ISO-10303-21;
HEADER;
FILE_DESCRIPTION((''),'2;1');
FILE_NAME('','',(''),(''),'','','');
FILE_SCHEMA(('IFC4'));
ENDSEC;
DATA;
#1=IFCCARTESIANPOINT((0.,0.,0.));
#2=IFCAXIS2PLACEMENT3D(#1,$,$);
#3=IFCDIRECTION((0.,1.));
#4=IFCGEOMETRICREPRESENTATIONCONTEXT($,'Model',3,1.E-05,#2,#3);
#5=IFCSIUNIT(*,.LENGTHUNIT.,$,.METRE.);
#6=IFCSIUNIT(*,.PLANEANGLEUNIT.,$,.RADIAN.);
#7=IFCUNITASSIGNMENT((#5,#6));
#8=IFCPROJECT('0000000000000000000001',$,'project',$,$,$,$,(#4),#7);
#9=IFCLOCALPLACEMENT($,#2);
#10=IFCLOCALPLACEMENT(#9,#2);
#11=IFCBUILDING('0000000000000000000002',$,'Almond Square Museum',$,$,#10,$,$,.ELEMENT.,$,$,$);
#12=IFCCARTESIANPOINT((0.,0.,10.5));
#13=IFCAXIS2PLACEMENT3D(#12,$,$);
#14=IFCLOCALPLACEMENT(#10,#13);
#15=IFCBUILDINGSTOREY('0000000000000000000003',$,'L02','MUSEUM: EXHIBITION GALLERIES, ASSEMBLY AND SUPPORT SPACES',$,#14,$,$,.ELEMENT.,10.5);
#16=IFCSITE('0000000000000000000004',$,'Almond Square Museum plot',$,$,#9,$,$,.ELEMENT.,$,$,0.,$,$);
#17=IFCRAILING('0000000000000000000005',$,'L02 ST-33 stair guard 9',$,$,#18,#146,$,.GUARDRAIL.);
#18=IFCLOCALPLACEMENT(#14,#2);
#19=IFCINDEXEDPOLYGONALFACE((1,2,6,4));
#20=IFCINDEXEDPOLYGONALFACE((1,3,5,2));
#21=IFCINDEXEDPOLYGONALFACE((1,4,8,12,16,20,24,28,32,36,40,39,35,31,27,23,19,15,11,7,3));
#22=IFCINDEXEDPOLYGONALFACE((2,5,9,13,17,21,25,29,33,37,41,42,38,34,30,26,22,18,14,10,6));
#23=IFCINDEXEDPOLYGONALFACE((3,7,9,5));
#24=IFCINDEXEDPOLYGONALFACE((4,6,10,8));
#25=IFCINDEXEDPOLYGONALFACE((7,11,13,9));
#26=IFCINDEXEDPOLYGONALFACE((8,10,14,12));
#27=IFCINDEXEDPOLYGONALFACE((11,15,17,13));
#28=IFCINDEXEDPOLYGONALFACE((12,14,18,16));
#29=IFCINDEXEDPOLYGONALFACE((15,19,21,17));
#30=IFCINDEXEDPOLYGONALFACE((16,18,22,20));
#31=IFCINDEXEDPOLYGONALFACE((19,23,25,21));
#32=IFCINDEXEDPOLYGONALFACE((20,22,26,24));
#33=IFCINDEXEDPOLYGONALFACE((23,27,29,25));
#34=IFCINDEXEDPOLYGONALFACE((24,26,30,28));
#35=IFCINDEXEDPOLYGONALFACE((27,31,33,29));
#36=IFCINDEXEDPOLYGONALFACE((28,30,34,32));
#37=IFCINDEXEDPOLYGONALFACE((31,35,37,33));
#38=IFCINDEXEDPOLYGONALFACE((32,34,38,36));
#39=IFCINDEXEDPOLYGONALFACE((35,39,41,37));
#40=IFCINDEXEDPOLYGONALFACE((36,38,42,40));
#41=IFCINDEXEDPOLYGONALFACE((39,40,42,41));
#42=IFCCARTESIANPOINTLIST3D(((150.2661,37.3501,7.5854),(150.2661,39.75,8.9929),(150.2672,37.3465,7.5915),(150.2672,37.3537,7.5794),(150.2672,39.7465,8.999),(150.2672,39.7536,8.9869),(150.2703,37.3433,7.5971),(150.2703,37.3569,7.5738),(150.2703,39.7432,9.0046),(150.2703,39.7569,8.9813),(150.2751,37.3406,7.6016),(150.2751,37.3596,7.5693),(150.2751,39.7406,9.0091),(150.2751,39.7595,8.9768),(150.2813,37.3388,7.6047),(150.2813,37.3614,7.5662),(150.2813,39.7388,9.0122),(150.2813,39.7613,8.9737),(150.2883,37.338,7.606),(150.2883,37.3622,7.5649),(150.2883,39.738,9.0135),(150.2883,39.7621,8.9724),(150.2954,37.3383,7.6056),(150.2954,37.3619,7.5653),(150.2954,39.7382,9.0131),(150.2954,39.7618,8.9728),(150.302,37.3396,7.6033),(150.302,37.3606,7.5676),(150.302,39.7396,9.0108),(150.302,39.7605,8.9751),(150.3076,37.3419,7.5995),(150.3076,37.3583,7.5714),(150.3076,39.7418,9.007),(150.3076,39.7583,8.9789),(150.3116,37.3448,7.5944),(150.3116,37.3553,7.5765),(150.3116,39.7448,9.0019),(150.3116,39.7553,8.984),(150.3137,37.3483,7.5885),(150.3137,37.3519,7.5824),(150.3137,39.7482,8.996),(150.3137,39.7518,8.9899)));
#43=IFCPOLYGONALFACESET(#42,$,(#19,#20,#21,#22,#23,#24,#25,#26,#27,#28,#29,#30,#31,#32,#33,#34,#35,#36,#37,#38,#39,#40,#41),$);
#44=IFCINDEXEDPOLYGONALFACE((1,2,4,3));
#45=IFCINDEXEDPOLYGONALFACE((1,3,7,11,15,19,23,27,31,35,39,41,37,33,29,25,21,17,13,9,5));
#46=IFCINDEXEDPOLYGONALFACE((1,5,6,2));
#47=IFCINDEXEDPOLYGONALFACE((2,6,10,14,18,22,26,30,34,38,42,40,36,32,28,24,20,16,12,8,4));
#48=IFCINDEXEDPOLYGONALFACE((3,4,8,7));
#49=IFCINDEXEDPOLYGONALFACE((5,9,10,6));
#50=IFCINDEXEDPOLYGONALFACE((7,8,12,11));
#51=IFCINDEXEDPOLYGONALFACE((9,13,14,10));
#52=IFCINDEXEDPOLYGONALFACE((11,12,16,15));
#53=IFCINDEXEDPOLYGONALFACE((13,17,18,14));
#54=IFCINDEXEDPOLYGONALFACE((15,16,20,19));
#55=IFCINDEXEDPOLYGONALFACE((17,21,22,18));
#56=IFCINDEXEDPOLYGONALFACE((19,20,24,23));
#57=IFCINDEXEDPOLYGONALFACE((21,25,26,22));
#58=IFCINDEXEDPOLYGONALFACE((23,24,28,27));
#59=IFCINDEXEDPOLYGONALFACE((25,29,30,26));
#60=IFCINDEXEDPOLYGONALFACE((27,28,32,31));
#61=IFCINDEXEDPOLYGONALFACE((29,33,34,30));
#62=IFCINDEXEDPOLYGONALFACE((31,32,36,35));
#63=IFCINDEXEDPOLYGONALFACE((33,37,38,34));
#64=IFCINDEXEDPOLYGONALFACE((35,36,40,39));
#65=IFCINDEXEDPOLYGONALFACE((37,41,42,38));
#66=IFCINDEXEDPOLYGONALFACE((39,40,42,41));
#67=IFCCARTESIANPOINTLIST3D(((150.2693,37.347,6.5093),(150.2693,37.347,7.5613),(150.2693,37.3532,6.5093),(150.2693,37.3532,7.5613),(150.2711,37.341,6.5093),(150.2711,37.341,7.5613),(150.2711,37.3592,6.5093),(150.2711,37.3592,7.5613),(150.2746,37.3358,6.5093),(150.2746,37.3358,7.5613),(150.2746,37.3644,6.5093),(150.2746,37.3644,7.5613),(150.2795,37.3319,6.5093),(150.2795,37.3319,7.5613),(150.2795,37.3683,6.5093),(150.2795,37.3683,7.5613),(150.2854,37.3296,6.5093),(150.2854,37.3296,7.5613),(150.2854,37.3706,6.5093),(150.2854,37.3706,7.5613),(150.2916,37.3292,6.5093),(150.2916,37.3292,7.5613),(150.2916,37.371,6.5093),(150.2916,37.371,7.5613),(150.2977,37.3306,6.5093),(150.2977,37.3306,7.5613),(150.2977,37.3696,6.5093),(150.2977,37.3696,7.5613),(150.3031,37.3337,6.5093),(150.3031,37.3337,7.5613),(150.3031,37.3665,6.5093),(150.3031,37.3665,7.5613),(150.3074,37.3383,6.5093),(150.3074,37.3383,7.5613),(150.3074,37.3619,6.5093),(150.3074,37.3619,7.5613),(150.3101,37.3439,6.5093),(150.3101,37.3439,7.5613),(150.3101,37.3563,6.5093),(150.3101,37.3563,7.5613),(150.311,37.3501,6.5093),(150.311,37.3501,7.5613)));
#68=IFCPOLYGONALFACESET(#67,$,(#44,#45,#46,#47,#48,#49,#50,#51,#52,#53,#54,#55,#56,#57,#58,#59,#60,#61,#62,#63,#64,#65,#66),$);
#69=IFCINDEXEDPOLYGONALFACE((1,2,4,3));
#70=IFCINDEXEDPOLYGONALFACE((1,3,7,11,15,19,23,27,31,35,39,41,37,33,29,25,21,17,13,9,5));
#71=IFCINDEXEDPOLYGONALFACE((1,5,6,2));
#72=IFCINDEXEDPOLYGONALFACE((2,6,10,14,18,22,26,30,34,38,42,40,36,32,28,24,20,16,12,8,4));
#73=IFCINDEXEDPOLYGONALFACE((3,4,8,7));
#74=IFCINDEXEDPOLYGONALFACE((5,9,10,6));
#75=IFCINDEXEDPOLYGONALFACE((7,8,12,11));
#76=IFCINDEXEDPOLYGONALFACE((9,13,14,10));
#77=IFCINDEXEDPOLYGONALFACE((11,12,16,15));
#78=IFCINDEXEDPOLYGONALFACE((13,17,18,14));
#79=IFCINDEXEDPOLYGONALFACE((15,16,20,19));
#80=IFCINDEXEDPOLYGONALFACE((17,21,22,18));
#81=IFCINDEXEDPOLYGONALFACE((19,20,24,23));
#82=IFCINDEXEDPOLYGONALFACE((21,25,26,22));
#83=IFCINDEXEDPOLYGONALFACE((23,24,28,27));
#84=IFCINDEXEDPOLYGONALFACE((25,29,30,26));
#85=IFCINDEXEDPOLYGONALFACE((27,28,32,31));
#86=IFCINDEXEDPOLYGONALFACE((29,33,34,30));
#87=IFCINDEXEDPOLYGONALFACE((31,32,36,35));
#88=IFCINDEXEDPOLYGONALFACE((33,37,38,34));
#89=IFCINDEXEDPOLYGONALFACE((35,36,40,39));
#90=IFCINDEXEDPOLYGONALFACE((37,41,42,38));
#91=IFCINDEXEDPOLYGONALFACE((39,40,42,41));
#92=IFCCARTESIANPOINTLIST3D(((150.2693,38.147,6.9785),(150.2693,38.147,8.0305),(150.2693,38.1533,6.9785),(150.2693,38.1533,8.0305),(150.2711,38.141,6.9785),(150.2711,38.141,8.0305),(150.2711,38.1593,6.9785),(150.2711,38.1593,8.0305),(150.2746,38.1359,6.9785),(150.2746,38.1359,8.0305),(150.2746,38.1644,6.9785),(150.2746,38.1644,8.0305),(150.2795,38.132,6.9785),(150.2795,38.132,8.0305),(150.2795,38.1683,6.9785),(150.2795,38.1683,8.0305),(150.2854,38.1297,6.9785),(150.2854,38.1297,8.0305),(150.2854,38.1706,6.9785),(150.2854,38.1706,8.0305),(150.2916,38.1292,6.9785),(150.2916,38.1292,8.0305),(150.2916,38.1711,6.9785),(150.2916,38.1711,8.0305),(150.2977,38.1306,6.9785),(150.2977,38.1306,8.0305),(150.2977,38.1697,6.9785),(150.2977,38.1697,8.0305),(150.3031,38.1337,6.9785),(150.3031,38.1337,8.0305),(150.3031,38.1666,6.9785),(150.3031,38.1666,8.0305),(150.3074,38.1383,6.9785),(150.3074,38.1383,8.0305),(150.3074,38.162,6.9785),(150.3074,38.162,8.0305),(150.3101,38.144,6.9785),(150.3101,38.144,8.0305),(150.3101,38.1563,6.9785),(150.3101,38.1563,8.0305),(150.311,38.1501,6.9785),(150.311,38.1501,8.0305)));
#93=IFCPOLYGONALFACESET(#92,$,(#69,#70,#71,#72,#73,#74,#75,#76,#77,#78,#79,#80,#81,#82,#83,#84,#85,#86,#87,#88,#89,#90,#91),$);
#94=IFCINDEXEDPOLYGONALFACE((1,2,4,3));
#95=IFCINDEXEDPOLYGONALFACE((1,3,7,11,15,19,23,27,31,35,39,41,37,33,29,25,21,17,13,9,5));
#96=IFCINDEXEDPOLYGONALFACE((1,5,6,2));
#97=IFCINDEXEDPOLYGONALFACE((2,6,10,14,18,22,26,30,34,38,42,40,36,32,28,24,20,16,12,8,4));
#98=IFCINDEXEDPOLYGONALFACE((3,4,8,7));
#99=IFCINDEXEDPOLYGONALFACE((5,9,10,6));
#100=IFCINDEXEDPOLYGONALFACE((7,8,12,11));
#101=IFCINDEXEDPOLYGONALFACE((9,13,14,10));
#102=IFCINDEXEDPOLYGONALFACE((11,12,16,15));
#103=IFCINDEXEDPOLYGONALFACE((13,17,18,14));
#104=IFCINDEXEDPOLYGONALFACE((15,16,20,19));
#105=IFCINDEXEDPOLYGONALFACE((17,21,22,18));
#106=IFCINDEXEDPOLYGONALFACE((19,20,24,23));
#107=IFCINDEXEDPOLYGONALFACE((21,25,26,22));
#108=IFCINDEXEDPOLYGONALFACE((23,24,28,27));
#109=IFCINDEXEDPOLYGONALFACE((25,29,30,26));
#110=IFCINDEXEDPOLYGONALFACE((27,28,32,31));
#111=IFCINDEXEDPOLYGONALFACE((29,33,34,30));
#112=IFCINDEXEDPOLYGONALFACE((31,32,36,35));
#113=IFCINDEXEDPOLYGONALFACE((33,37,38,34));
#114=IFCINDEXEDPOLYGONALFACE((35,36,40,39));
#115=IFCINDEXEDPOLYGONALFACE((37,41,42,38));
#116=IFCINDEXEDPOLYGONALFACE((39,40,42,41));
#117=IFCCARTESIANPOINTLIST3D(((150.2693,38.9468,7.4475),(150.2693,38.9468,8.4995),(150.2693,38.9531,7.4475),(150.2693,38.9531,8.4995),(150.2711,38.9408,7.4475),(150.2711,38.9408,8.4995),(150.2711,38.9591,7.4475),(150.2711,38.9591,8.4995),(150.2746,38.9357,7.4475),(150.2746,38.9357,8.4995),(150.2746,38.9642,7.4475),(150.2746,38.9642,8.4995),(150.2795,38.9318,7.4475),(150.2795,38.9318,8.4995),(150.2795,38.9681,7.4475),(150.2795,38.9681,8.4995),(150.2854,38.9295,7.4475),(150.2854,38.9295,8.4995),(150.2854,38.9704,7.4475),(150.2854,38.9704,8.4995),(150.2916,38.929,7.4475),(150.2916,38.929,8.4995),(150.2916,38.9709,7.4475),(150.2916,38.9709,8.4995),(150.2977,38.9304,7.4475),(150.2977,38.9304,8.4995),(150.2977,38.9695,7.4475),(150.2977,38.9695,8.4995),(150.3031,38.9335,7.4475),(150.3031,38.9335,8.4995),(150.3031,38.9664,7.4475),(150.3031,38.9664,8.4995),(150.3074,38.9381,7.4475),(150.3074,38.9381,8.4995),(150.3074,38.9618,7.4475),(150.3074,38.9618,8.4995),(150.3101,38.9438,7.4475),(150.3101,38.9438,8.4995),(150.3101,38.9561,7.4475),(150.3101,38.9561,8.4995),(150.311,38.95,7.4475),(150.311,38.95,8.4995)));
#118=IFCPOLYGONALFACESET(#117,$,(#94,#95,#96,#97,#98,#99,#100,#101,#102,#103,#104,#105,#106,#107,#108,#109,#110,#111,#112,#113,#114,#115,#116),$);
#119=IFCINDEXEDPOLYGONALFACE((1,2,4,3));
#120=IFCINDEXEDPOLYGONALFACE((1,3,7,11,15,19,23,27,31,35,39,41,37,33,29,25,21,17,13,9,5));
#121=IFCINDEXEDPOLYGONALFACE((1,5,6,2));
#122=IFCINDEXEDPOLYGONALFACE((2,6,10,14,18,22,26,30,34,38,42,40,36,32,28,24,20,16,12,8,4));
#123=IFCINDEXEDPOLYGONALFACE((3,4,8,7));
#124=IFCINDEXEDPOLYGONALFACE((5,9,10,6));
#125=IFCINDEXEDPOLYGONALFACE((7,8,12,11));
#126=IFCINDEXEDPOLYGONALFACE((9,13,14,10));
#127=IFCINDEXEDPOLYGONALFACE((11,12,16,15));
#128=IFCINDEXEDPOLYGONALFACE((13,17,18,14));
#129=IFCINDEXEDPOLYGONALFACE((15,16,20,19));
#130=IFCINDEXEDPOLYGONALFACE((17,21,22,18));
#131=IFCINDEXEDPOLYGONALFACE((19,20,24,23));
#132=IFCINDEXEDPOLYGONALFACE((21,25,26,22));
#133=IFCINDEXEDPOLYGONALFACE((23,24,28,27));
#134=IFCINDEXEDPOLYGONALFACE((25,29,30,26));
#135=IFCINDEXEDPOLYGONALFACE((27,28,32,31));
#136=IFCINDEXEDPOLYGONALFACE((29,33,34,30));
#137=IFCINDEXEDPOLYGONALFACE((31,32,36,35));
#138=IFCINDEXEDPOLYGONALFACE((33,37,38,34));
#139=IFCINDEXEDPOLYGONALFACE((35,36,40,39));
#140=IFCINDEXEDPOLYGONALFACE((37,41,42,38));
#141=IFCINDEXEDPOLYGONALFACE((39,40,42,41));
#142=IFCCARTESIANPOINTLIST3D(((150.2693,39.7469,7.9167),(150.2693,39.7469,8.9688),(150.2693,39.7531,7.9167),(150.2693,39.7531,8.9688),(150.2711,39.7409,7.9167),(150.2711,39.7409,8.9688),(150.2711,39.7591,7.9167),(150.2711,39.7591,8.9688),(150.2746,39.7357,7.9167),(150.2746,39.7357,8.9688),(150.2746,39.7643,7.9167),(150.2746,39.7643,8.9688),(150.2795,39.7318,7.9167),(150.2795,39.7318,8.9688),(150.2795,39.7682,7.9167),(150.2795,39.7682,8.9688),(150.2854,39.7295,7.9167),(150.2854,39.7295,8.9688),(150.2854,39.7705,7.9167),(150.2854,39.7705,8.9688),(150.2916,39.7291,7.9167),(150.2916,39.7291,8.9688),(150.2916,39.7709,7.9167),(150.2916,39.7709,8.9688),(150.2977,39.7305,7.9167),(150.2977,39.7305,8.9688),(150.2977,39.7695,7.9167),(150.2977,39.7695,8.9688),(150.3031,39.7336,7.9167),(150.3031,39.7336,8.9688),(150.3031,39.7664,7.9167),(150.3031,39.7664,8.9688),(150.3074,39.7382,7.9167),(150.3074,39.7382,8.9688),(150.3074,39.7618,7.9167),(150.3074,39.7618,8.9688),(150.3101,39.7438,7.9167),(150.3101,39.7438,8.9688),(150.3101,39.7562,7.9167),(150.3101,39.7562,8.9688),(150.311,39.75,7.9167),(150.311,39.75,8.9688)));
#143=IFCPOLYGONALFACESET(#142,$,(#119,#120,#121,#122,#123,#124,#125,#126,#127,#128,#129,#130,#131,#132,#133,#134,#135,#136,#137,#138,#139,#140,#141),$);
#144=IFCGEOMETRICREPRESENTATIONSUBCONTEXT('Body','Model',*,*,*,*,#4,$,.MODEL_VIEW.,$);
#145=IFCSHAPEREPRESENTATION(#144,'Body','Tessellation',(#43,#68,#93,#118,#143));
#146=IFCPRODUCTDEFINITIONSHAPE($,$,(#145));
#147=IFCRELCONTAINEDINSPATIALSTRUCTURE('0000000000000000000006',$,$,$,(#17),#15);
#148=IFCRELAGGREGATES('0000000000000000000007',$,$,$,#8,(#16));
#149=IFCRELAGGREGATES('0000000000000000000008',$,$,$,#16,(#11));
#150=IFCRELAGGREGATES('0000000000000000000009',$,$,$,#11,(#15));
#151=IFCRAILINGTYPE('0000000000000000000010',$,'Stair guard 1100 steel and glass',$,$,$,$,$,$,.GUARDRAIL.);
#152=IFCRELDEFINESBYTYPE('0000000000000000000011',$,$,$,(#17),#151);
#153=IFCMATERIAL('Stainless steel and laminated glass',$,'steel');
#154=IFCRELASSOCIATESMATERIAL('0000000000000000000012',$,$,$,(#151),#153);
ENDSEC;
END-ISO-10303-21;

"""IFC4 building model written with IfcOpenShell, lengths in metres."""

from ifc_helpers import new_model, si_unit, direction, frame, origin, origin_2d, place, context, subcontext, project, spatial, circle, extrude, material, type_object, element, save


model = new_model("IFC4")

# Units and contexts
model_context = context("Model", 3, precision=1e-05, world=origin(), true_north=direction((0.0, 1.0)))
body_context = subcontext(model_context, "Body", "Model", "MODEL_VIEW")
ifc_project = project(units=[si_unit("LENGTHUNIT", "METRE"), si_unit("PLANEANGLEUNIT", "RADIAN")], contexts=[model_context])

# Site, building, storey
site_placement = place(None, origin())
site = spatial("IfcSite", under=ifc_project, at=site_placement, Name="Almond Square Museum plot", CompositionType="ELEMENT", RefElevation=0.0)
building_placement = place(site_placement, origin())
building = spatial("IfcBuilding", under=site, at=building_placement, Name="Almond Square Museum", CompositionType="ELEMENT")
storey_placement = place(building_placement, frame((0.0, 0.0, 10.5)))
storey = spatial("IfcBuildingStorey", under=building, at=storey_placement, Name="L02", Description="MUSEUM: EXHIBITION GALLERIES, ASSEMBLY AND SUPPORT SPACES", CompositionType="ELEMENT", Elevation=10.5)

# Railing
ifc_material_1 = material(Name="Stainless steel and laminated glass", Category="steel")
railing_type_1 = type_object("IfcRailingType", Name="Stair guard 1100 steel and glass", PredefinedType="GUARDRAIL", material=ifc_material_1)
railing_1_placement = place(storey_placement, frame((150.29, 37.3501, 6.5093)))
element("IfcRailing", 1, at=railing_1_placement, inside=storey, type_object=railing_type_1, Name="L02 ST-33 stair guard 9", PredefinedType="GUARDRAIL", context=body_context, shape_type="SweptSolid", body=[
    extrude(circle(Radius=0.0239, at=origin_2d()), frame((0.0, 0.0, 1.0762), z_axis=(0.0, 0.862599, 0.505888), x_axis=(-1.0, 0.0, 0.0)), (0.0, 0.0, 1.0), 2.7822),
    extrude(circle(Radius=0.021, at=origin_2d()), origin(), (0.0, 0.0, 1.0), 1.052),
    extrude(circle(Radius=0.021, at=origin_2d()), frame((0.0, 0.8, 0.4692)), (0.0, 0.0, 1.0), 1.052),
    extrude(circle(Radius=0.021, at=origin_2d()), frame((0.0, 1.5999, 0.9382)), (0.0, 0.0, 1.0), 1.052),
    extrude(circle(Radius=0.021, at=origin_2d()), frame((0.0, 2.3999, 1.4075)), (0.0, 0.0, 1.0), 1.052),
])

save(model, "model.ifc")
